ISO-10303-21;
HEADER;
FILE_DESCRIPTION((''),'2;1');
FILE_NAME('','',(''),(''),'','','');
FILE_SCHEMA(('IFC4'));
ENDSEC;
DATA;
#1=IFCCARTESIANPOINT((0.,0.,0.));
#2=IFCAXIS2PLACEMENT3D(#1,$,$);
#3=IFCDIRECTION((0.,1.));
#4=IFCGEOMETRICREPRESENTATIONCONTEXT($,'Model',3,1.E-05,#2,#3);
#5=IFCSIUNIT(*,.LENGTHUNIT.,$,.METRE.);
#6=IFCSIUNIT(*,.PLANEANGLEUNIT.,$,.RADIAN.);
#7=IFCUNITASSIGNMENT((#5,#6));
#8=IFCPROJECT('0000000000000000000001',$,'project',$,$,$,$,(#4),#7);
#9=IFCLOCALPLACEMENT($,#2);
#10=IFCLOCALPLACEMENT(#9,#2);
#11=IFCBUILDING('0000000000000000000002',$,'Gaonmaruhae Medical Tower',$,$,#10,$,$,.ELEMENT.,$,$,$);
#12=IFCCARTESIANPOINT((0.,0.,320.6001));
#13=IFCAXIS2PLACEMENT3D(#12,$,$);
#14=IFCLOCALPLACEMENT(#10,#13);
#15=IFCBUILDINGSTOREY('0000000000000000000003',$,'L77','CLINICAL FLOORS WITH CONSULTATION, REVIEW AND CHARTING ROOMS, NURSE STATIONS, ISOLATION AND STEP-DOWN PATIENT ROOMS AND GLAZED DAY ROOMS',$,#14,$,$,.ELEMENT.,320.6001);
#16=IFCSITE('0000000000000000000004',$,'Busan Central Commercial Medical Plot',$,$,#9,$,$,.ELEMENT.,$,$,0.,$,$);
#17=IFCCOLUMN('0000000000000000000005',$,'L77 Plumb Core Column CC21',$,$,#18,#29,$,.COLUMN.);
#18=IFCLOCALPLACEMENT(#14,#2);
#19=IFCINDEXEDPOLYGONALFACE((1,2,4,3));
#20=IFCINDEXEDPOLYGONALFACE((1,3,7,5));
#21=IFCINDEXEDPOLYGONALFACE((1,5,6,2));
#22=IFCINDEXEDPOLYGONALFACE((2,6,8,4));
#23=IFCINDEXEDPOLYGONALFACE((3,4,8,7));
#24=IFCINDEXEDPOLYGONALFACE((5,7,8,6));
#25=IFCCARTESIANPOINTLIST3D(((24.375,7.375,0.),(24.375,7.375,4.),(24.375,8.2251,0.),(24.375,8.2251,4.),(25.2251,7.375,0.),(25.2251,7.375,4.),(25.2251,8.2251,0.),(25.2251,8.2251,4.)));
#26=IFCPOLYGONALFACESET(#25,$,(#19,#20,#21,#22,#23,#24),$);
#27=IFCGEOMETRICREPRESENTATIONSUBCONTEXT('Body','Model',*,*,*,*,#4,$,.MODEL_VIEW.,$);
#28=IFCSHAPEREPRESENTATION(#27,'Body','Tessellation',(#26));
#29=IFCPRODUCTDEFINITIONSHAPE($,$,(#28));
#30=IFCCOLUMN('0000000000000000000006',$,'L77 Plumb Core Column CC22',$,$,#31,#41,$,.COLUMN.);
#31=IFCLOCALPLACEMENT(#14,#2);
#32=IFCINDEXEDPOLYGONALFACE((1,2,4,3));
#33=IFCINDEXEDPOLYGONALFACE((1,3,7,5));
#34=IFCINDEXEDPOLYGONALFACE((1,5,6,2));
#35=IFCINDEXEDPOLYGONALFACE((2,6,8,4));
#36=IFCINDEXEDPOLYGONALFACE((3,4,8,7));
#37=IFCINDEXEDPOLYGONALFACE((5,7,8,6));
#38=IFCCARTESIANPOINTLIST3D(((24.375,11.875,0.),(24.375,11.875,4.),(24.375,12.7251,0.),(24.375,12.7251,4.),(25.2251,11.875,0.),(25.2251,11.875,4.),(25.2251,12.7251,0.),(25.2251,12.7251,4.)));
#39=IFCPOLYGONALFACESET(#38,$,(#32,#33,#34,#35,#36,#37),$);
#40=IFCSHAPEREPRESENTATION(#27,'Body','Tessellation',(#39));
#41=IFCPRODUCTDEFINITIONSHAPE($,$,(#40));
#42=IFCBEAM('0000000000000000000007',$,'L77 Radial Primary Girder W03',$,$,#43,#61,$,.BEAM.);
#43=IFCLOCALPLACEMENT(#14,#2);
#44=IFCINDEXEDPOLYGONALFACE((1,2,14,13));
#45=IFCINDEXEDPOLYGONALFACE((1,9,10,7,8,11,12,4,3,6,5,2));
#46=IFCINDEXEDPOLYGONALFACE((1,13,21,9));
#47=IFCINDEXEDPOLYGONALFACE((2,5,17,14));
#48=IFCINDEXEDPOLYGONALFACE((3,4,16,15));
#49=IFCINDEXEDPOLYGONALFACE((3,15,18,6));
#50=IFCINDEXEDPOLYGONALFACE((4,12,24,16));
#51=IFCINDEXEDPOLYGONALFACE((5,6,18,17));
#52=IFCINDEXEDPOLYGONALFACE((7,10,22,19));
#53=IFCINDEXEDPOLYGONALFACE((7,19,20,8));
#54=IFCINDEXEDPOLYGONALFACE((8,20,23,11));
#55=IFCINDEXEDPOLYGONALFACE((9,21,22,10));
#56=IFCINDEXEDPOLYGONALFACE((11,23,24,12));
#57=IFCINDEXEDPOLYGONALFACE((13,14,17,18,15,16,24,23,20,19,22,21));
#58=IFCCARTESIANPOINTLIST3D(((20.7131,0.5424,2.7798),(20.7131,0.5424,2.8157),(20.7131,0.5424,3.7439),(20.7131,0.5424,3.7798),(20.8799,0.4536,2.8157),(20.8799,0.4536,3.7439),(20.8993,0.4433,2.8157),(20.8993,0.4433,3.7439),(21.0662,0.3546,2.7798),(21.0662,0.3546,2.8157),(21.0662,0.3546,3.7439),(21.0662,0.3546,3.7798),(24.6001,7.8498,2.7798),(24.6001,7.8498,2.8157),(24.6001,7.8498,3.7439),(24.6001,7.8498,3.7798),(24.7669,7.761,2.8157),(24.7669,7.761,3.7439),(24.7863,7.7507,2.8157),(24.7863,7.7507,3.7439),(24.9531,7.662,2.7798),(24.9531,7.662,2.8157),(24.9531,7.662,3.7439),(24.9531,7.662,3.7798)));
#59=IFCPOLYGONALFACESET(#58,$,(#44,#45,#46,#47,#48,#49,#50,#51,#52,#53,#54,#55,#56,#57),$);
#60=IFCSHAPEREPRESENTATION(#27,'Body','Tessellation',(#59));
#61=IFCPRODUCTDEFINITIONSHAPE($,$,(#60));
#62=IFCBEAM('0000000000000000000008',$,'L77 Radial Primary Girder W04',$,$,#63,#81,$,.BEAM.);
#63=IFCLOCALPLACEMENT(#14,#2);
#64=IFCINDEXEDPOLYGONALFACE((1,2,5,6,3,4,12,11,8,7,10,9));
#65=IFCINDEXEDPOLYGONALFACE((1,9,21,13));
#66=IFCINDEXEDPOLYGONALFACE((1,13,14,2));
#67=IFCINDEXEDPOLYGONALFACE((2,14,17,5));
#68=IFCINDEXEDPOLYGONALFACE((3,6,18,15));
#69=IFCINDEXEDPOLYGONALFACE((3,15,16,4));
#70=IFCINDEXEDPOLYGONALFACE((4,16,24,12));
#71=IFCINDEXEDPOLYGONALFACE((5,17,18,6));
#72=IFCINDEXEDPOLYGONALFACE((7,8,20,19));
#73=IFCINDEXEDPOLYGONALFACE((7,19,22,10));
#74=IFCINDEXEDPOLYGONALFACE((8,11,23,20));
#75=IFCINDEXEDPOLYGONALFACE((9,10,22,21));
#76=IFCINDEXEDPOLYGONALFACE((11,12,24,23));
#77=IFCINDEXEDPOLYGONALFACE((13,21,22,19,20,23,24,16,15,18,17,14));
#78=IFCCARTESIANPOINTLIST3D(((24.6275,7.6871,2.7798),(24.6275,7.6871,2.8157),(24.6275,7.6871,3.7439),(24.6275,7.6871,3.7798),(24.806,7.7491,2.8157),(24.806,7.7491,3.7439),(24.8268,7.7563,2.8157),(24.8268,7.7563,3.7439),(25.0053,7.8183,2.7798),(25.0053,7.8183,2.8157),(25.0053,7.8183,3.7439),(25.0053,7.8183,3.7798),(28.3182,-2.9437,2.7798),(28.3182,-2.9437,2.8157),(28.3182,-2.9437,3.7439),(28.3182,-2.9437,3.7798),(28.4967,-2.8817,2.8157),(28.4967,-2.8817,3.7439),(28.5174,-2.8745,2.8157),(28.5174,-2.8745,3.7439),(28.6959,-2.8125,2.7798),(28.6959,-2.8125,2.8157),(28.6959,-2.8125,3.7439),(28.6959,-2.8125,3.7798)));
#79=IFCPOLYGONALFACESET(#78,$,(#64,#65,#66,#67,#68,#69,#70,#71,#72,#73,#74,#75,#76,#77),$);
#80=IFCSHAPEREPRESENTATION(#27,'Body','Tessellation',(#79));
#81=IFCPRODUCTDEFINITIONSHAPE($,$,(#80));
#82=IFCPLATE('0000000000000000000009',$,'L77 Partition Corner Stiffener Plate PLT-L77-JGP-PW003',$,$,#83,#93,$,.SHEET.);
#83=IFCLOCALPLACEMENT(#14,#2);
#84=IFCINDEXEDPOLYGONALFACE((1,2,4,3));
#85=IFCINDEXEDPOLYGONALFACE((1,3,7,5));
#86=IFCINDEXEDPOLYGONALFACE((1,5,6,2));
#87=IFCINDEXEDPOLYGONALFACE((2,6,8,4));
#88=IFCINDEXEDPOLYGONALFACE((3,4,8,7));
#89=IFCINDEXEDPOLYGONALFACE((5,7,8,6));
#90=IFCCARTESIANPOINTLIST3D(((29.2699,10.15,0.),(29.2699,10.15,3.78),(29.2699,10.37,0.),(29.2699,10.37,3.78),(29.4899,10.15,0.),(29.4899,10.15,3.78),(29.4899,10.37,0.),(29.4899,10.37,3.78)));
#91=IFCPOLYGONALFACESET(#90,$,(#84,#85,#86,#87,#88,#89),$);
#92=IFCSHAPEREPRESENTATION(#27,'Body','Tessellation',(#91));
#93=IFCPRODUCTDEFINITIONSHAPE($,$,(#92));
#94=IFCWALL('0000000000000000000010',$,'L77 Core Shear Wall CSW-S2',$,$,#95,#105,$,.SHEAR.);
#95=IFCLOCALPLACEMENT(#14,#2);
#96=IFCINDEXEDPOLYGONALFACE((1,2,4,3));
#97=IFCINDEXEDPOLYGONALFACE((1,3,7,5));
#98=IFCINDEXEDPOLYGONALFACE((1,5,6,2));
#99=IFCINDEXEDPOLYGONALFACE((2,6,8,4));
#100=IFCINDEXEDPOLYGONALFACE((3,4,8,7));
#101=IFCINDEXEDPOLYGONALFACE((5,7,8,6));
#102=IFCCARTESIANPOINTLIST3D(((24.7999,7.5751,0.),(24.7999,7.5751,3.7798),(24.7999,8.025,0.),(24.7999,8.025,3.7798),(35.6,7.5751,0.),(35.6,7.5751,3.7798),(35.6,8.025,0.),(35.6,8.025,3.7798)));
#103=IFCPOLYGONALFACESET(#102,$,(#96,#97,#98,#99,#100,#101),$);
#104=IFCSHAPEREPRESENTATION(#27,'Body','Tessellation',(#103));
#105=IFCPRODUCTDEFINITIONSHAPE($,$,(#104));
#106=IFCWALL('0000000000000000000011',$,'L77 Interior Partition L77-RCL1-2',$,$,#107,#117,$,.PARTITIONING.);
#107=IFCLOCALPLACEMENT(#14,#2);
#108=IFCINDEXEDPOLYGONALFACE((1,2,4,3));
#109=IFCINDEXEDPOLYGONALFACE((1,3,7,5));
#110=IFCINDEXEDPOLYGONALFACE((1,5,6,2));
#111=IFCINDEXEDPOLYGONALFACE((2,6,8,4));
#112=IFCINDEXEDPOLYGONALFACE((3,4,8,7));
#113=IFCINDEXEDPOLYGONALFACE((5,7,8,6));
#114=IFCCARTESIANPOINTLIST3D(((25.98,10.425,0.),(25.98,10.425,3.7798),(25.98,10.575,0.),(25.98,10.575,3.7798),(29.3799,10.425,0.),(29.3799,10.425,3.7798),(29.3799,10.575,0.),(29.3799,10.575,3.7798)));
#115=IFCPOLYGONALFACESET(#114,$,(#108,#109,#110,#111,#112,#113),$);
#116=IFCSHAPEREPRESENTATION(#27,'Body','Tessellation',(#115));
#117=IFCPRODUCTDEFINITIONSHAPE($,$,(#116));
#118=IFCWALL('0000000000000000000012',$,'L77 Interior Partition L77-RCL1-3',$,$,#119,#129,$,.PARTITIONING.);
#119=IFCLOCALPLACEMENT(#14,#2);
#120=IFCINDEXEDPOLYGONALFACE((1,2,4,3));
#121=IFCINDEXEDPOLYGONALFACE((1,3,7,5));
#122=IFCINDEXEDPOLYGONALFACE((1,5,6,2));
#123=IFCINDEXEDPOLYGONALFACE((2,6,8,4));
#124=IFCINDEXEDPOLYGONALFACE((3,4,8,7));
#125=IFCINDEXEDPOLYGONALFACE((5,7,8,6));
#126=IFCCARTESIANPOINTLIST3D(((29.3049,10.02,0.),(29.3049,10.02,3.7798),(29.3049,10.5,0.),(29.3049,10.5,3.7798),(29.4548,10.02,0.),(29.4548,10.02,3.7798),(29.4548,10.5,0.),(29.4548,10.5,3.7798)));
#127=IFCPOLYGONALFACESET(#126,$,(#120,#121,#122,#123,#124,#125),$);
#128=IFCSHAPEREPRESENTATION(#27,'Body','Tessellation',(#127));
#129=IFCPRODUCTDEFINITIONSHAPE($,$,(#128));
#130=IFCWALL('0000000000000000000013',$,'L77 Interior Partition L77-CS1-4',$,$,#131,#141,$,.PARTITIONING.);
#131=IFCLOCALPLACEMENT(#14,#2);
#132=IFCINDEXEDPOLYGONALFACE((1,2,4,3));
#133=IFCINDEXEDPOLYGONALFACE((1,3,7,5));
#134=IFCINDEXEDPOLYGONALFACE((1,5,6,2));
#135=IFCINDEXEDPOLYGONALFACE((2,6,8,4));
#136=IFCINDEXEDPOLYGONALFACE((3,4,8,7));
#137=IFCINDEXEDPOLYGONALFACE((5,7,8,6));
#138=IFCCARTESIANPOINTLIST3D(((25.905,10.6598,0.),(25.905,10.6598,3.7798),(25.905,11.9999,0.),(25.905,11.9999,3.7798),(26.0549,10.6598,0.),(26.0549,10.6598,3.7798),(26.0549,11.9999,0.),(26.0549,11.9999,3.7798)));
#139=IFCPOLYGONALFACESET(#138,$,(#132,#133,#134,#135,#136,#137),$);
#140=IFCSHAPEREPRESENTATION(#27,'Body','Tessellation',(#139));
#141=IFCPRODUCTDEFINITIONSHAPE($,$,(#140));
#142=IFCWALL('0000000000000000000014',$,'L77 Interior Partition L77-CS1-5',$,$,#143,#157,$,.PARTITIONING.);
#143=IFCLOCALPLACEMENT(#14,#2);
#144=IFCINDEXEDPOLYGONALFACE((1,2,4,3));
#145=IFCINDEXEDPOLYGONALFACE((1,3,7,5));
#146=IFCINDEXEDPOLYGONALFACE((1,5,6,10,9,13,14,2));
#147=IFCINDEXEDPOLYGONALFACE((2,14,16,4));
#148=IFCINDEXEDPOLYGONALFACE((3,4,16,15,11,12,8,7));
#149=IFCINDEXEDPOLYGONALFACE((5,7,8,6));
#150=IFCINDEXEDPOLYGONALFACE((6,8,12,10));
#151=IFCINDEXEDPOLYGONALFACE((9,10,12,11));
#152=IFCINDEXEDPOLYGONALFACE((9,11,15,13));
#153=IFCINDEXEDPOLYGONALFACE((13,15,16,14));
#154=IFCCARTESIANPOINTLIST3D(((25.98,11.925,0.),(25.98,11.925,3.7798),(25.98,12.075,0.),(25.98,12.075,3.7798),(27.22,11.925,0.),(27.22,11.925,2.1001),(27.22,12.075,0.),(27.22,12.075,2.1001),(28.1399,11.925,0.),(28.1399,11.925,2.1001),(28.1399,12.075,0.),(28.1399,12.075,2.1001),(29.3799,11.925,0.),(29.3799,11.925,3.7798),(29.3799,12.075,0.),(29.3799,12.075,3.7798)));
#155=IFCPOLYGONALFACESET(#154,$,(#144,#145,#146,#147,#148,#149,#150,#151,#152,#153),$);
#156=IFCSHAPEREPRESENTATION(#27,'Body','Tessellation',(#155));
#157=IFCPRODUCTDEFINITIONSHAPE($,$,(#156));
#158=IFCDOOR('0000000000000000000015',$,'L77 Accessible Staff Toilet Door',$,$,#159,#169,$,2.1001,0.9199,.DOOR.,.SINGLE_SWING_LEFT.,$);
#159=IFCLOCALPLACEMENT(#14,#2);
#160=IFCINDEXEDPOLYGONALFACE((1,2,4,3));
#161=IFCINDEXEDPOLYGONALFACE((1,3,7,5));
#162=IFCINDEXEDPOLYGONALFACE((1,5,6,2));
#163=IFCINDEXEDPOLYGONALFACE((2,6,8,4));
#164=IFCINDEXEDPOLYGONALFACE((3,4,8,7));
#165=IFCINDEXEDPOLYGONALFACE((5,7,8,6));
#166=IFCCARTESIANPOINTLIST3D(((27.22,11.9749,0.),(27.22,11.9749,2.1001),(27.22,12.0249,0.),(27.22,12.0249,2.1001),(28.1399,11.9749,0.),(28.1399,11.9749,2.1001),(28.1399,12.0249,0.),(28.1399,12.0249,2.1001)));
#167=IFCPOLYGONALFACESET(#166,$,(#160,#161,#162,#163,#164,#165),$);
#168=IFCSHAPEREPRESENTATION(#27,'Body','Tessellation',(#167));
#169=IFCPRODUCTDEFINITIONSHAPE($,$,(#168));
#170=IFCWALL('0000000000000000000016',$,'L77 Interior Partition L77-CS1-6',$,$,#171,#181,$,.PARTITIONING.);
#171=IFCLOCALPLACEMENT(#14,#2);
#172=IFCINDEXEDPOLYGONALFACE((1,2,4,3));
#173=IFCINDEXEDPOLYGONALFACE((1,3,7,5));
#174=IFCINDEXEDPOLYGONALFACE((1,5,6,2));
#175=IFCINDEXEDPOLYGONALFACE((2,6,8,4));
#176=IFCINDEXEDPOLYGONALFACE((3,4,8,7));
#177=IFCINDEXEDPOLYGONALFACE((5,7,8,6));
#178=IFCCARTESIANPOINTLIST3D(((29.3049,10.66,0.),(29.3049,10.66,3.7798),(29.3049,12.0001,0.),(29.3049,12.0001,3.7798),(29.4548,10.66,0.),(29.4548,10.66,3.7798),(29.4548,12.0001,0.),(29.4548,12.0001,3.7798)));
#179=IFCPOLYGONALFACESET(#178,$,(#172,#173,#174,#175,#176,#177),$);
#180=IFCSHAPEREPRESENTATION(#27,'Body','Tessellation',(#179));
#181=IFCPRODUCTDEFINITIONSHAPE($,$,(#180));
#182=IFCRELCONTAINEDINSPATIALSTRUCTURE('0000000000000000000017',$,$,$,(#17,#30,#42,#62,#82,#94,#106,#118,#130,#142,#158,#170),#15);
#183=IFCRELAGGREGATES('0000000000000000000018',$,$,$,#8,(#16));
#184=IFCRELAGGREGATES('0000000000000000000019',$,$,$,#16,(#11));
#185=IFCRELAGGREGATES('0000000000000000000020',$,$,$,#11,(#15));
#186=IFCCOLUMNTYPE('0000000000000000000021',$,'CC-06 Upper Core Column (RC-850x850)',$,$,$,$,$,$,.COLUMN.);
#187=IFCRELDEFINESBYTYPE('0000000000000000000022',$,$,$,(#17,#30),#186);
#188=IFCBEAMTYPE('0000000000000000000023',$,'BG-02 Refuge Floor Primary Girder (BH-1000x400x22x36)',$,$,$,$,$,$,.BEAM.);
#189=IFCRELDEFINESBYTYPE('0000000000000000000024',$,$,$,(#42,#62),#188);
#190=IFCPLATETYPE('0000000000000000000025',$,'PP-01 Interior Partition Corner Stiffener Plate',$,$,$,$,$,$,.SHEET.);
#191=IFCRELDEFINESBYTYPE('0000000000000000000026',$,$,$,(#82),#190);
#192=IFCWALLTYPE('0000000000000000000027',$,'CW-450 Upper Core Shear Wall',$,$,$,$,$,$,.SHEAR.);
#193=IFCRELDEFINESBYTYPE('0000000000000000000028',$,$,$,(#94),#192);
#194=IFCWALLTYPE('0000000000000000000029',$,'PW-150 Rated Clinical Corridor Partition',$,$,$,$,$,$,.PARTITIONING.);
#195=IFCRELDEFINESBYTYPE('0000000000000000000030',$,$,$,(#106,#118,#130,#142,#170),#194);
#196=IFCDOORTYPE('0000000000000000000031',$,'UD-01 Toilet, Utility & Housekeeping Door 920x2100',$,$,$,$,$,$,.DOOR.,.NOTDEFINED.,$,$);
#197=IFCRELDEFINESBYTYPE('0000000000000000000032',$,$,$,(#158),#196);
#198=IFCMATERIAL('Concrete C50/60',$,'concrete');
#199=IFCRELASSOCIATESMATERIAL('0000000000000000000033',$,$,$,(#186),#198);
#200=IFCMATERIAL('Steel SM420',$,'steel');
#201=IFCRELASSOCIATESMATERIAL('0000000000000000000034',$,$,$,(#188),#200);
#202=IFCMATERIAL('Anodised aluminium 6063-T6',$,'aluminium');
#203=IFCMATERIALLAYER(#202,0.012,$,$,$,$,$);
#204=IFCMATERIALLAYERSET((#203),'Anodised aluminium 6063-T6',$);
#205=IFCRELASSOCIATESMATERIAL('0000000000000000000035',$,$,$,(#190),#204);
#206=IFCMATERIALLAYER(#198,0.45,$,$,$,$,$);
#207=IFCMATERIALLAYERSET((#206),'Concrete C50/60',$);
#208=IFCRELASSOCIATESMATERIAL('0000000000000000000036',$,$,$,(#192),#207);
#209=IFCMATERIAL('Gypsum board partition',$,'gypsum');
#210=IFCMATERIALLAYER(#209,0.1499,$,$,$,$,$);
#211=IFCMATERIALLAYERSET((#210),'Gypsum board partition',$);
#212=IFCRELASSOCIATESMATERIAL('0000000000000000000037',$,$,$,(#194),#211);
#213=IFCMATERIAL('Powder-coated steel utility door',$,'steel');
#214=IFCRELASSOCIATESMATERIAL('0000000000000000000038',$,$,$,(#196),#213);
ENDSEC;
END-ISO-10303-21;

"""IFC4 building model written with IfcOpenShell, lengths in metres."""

from ifc_helpers import new_model, si_unit, direction, frame, frame_2d, origin, origin_2d, place, context, subcontext, project, spatial, rectangle, i_section, extrude, material, layer, layer_set, material_profile, profile_set, type_object, element, fill, save


model = new_model("IFC4")

# Units and contexts
model_context = context("Model", 3, precision=1e-05, world=origin(), true_north=direction((0.0, 1.0)))
body_context = subcontext(model_context, "Body", "Model", "MODEL_VIEW")
ifc_project = project(units=[si_unit("LENGTHUNIT", "METRE"), si_unit("PLANEANGLEUNIT", "RADIAN")], contexts=[model_context])

# Site, building, storey
site_placement = place(None, origin())
site = spatial("IfcSite", under=ifc_project, at=site_placement, Name="Busan Central Commercial Medical Plot", CompositionType="ELEMENT", RefElevation=0.0)
building_placement = place(site_placement, origin())
building = spatial("IfcBuilding", under=site, at=building_placement, Name="Gaonmaruhae Medical Tower", CompositionType="ELEMENT")
storey_placement = place(building_placement, frame((0.0, 0.0, 320.6001)))
storey = spatial("IfcBuildingStorey", under=building, at=storey_placement, Name="L77", Description="CLINICAL FLOORS WITH CONSULTATION, REVIEW AND CHARTING ROOMS, NURSE STATIONS, ISOLATION AND STEP-DOWN PATIENT ROOMS AND GLAZED DAY ROOMS", CompositionType="ELEMENT", Elevation=320.6001)

# Columns
ifc_material_1 = material(Name="Concrete C50/60", Category="concrete")
ifc_material_profile_1 = material_profile(ifc_material_1, rectangle(XDim=0.8501, YDim=0.8501, at=origin_2d()), Name="RC-850x850")
ifc_profile_set_1 = profile_set([ifc_material_profile_1], Name="Concrete C50/60")
column_type = type_object("IfcColumnType", Name="CC-06 Upper Core Column (RC-850x850)", PredefinedType="COLUMN", material=ifc_profile_set_1)
for number, where, z_axis, x_axis, name in (
    (1, (24.8, 7.8, 0.0), (0.0, 0.0, 1.0), (1.0, 0.0, 0.0), "L77 Plumb Core Column CC21"),
    (2, (24.8, 12.3, 0.0), (0.0, 0.0, 1.0), (1.0, 0.0, 0.0), "L77 Plumb Core Column CC22"),
):
    element("IfcColumn", number, at=place(storey_placement, frame(where, z_axis=z_axis, x_axis=x_axis)), inside=storey, type_object=column_type, Name=name, PredefinedType="COLUMN", context=body_context, shape_type="SweptSolid", body=[
        extrude(rectangle(XDim=0.8501, YDim=0.8501, at=origin_2d()), origin(), (0.0, 0.0, 1.0), 4.0),
    ])

# Beams
ifc_material_2 = material(Name="Steel SM420", Category="steel")
ifc_material_profile_2 = material_profile(ifc_material_2, i_section(OverallWidth=0.3999, OverallDepth=1.0, WebThickness=0.022, FlangeThickness=0.0359, at=origin_2d()), Name="BH-1000x400x22x36")
ifc_profile_set_2 = profile_set([ifc_material_profile_2], Name="Steel SM420")
beam_type = type_object("IfcBeamType", Name="BG-02 Refuge Floor Primary Girder (BH-1000x400x22x36)", PredefinedType="BEAM", material=ifc_profile_set_2)
beam_1_placement = place(storey_placement, frame((24.7766, 7.7559, 3.2798), z_axis=(-0.469619, -0.882869, 0.0), x_axis=(0.882869, -0.469619, 0.0)))
element("IfcBeam", 3, at=beam_1_placement, inside=storey, type_object=beam_type, Name="L77 Radial Primary Girder W03", PredefinedType="BEAM", context=body_context, shape_type="SweptSolid", body=[
    extrude(i_section(OverallWidth=0.3999, OverallDepth=1.0, WebThickness=0.022, FlangeThickness=0.0359, at=origin_2d()), origin(), (0.0, 0.0, 1.0), 8.2769),
])
beam_2_placement = place(storey_placement, frame((24.8164, 7.7527, 3.2798), z_axis=(0.327964, -0.94469, 0.0), x_axis=(0.94469, 0.327964, 0.0)))
element("IfcBeam", 4, at=beam_2_placement, inside=storey, type_object=beam_type, Name="L77 Radial Primary Girder W04", PredefinedType="BEAM", context=body_context, shape_type="SweptSolid", body=[
    extrude(i_section(OverallWidth=0.3999, OverallDepth=1.0, WebThickness=0.022, FlangeThickness=0.0359, at=origin_2d()), origin(), (0.0, 0.0, 1.0), 11.2532),
])

# Plate
ifc_material_3 = material(Name="Anodised aluminium 6063-T6", Category="aluminium")
ifc_layer_1 = layer(ifc_material_3, 0.012)
ifc_layer_set_1 = layer_set([ifc_layer_1], Name="Anodised aluminium 6063-T6")
plate_type = type_object("IfcPlateType", Name="PP-01 Interior Partition Corner Stiffener Plate", PredefinedType="SHEET", material=ifc_layer_set_1)
plate_placement = place(storey_placement, frame((29.3799, 10.26, 0.0), z_axis=(0.0, 0.0, 1.0), x_axis=(0.0, -1.0, 0.0)))
element("IfcPlate", 5, at=plate_placement, inside=storey, type_object=plate_type, Name="L77 Partition Corner Stiffener Plate PLT-L77-JGP-PW003", PredefinedType="SHEET", context=body_context, shape_type="SweptSolid", body=[
    extrude(rectangle(XDim=0.22, YDim=0.22, at=origin_2d()), origin(), (0.0, 0.0, 1.0), 3.78),
])

# Wall
ifc_layer_2 = layer(ifc_material_1, 0.45)
ifc_layer_set_2 = layer_set([ifc_layer_2], Name="Concrete C50/60")
wall_type_1 = type_object("IfcWallType", Name="CW-450 Upper Core Shear Wall", PredefinedType="SHEAR", material=ifc_layer_set_2)
wall_1_placement = place(storey_placement, frame((24.8, 7.8, 0.0), z_axis=(0.0, 0.0, 1.0), x_axis=(1.0, 0.0, 0.0)))
element("IfcWall", 6, at=wall_1_placement, inside=storey, type_object=wall_type_1, Name="L77 Core Shear Wall CSW-S2", PredefinedType="SHEAR", context=body_context, shape_type="SweptSolid", body=[
    extrude(rectangle(XDim=10.8, YDim=0.45, at=frame_2d((5.3999, 0.0))), origin(), (0.0, 0.0, 1.0), 3.7798),
])

# Shared definitions
ifc_material_4 = material(Name="Gypsum board partition", Category="gypsum")
ifc_layer_3 = layer(ifc_material_4, 0.1499)
ifc_layer_set_3 = layer_set([ifc_layer_3], Name="Gypsum board partition")
wall_type_2 = type_object("IfcWallType", Name="PW-150 Rated Clinical Corridor Partition", PredefinedType="PARTITIONING", material=ifc_layer_set_3)

# Walls
wall_2_placement = place(storey_placement, frame((25.98, 10.5, 0.0), z_axis=(0.0, 0.0, 1.0), x_axis=(1.0, 0.0, 0.0)))
element("IfcWall", 7, at=wall_2_placement, inside=storey, type_object=wall_type_2, Name="L77 Interior Partition L77-RCL1-2", PredefinedType="PARTITIONING", context=body_context, shape_type="SweptSolid", body=[
    extrude(rectangle(XDim=3.3999, YDim=0.1499, at=frame_2d((1.7, 0.0))), origin(), (0.0, 0.0, 1.0), 3.7798),
])
wall_3_placement = place(storey_placement, frame((29.3799, 10.5, 0.0), z_axis=(0.0, 0.0, 1.0), x_axis=(0.0, -1.0, 0.0)))
element("IfcWall", 8, at=wall_3_placement, inside=storey, type_object=wall_type_2, Name="L77 Interior Partition L77-RCL1-3", PredefinedType="PARTITIONING", context=body_context, shape_type="SweptSolid", body=[
    extrude(rectangle(XDim=0.48, YDim=0.1499, at=frame_2d((0.24, 0.0))), origin(), (0.0, 0.0, 1.0), 3.7798),
])
wall_4_placement = place(storey_placement, frame((25.98, 10.6599, 0.0), z_axis=(0.0, 0.0, 1.0), x_axis=(0.0, 1.0, 0.0)))
element("IfcWall", 9, at=wall_4_placement, inside=storey, type_object=wall_type_2, Name="L77 Interior Partition L77-CS1-4", PredefinedType="PARTITIONING", context=body_context, shape_type="SweptSolid", body=[
    extrude(rectangle(XDim=1.3401, YDim=0.1499, at=frame_2d((0.6699, 0.0))), origin(), (0.0, 0.0, 1.0), 3.7798),
])

# Wall, opening, door
wall_5_placement = place(storey_placement, frame((25.98, 12.0, 0.0), z_axis=(0.0, 0.0, 1.0), x_axis=(1.0, 0.0, 0.0)))
wall_5 = element("IfcWall", 10, at=wall_5_placement, inside=storey, type_object=wall_type_2, Name="L77 Interior Partition L77-CS1-5", PredefinedType="PARTITIONING", context=body_context, shape_type="SweptSolid", body=[
    extrude(rectangle(XDim=3.3999, YDim=0.1499, at=frame_2d((1.7, 0.0))), origin(), (0.0, 0.0, 1.0), 3.7798),
])
opening_1_placement = place(wall_5_placement, frame((1.24, 0.0, 0.0)))
opening_1 = element("IfcOpeningElement", 11, at=opening_1_placement, cuts=wall_5, PredefinedType="OPENING", context=body_context, shape_type="SweptSolid", body=[
    extrude(rectangle(XDim=0.9199, YDim=2.1001, at=frame_2d((0.46, 1.05))), frame((0.0, 0.085, 0.0), z_axis=(0.0, -1.0, 0.0), x_axis=(1.0, 0.0, 0.0)), (0.0, 0.0, 1.0), 0.1699),
])
ifc_material_5 = material(Name="Powder-coated steel utility door", Category="steel")
door_type_1 = type_object("IfcDoorType", Name="UD-01 Toilet, Utility & Housekeeping Door 920x2100", OperationType="NOTDEFINED", PredefinedType="DOOR", material=ifc_material_5)
door_1_placement = place(opening_1_placement, origin())
door_1 = element("IfcDoor", 12, at=door_1_placement, inside=storey, type_object=door_type_1, Name="L77 Accessible Staff Toilet Door", OperationType="SINGLE_SWING_LEFT", OverallHeight=2.1001, OverallWidth=0.9199, PredefinedType="DOOR", context=body_context, shape_type="SweptSolid", body=[
    extrude(rectangle(XDim=0.9199, YDim=2.1001, at=frame_2d((0.46, 1.05))), frame((0.0, 0.0249, 0.0), z_axis=(0.0, -1.0, 0.0), x_axis=(1.0, 0.0, 0.0)), (0.0, 0.0, 1.0), 0.05),
])
fill(opening_1, door_1)

# Wall
wall_6_placement = place(storey_placement, frame((29.3799, 12.0, 0.0), z_axis=(0.0, 0.0, 1.0), x_axis=(0.0, -1.0, 0.0)))
element("IfcWall", 13, at=wall_6_placement, inside=storey, type_object=wall_type_2, Name="L77 Interior Partition L77-CS1-6", PredefinedType="PARTITIONING", context=body_context, shape_type="SweptSolid", body=[
    extrude(rectangle(XDim=1.3401, YDim=0.1499, at=frame_2d((0.6699, 0.0))), origin(), (0.0, 0.0, 1.0), 3.7798),
])

save(model, "model.ifc")
